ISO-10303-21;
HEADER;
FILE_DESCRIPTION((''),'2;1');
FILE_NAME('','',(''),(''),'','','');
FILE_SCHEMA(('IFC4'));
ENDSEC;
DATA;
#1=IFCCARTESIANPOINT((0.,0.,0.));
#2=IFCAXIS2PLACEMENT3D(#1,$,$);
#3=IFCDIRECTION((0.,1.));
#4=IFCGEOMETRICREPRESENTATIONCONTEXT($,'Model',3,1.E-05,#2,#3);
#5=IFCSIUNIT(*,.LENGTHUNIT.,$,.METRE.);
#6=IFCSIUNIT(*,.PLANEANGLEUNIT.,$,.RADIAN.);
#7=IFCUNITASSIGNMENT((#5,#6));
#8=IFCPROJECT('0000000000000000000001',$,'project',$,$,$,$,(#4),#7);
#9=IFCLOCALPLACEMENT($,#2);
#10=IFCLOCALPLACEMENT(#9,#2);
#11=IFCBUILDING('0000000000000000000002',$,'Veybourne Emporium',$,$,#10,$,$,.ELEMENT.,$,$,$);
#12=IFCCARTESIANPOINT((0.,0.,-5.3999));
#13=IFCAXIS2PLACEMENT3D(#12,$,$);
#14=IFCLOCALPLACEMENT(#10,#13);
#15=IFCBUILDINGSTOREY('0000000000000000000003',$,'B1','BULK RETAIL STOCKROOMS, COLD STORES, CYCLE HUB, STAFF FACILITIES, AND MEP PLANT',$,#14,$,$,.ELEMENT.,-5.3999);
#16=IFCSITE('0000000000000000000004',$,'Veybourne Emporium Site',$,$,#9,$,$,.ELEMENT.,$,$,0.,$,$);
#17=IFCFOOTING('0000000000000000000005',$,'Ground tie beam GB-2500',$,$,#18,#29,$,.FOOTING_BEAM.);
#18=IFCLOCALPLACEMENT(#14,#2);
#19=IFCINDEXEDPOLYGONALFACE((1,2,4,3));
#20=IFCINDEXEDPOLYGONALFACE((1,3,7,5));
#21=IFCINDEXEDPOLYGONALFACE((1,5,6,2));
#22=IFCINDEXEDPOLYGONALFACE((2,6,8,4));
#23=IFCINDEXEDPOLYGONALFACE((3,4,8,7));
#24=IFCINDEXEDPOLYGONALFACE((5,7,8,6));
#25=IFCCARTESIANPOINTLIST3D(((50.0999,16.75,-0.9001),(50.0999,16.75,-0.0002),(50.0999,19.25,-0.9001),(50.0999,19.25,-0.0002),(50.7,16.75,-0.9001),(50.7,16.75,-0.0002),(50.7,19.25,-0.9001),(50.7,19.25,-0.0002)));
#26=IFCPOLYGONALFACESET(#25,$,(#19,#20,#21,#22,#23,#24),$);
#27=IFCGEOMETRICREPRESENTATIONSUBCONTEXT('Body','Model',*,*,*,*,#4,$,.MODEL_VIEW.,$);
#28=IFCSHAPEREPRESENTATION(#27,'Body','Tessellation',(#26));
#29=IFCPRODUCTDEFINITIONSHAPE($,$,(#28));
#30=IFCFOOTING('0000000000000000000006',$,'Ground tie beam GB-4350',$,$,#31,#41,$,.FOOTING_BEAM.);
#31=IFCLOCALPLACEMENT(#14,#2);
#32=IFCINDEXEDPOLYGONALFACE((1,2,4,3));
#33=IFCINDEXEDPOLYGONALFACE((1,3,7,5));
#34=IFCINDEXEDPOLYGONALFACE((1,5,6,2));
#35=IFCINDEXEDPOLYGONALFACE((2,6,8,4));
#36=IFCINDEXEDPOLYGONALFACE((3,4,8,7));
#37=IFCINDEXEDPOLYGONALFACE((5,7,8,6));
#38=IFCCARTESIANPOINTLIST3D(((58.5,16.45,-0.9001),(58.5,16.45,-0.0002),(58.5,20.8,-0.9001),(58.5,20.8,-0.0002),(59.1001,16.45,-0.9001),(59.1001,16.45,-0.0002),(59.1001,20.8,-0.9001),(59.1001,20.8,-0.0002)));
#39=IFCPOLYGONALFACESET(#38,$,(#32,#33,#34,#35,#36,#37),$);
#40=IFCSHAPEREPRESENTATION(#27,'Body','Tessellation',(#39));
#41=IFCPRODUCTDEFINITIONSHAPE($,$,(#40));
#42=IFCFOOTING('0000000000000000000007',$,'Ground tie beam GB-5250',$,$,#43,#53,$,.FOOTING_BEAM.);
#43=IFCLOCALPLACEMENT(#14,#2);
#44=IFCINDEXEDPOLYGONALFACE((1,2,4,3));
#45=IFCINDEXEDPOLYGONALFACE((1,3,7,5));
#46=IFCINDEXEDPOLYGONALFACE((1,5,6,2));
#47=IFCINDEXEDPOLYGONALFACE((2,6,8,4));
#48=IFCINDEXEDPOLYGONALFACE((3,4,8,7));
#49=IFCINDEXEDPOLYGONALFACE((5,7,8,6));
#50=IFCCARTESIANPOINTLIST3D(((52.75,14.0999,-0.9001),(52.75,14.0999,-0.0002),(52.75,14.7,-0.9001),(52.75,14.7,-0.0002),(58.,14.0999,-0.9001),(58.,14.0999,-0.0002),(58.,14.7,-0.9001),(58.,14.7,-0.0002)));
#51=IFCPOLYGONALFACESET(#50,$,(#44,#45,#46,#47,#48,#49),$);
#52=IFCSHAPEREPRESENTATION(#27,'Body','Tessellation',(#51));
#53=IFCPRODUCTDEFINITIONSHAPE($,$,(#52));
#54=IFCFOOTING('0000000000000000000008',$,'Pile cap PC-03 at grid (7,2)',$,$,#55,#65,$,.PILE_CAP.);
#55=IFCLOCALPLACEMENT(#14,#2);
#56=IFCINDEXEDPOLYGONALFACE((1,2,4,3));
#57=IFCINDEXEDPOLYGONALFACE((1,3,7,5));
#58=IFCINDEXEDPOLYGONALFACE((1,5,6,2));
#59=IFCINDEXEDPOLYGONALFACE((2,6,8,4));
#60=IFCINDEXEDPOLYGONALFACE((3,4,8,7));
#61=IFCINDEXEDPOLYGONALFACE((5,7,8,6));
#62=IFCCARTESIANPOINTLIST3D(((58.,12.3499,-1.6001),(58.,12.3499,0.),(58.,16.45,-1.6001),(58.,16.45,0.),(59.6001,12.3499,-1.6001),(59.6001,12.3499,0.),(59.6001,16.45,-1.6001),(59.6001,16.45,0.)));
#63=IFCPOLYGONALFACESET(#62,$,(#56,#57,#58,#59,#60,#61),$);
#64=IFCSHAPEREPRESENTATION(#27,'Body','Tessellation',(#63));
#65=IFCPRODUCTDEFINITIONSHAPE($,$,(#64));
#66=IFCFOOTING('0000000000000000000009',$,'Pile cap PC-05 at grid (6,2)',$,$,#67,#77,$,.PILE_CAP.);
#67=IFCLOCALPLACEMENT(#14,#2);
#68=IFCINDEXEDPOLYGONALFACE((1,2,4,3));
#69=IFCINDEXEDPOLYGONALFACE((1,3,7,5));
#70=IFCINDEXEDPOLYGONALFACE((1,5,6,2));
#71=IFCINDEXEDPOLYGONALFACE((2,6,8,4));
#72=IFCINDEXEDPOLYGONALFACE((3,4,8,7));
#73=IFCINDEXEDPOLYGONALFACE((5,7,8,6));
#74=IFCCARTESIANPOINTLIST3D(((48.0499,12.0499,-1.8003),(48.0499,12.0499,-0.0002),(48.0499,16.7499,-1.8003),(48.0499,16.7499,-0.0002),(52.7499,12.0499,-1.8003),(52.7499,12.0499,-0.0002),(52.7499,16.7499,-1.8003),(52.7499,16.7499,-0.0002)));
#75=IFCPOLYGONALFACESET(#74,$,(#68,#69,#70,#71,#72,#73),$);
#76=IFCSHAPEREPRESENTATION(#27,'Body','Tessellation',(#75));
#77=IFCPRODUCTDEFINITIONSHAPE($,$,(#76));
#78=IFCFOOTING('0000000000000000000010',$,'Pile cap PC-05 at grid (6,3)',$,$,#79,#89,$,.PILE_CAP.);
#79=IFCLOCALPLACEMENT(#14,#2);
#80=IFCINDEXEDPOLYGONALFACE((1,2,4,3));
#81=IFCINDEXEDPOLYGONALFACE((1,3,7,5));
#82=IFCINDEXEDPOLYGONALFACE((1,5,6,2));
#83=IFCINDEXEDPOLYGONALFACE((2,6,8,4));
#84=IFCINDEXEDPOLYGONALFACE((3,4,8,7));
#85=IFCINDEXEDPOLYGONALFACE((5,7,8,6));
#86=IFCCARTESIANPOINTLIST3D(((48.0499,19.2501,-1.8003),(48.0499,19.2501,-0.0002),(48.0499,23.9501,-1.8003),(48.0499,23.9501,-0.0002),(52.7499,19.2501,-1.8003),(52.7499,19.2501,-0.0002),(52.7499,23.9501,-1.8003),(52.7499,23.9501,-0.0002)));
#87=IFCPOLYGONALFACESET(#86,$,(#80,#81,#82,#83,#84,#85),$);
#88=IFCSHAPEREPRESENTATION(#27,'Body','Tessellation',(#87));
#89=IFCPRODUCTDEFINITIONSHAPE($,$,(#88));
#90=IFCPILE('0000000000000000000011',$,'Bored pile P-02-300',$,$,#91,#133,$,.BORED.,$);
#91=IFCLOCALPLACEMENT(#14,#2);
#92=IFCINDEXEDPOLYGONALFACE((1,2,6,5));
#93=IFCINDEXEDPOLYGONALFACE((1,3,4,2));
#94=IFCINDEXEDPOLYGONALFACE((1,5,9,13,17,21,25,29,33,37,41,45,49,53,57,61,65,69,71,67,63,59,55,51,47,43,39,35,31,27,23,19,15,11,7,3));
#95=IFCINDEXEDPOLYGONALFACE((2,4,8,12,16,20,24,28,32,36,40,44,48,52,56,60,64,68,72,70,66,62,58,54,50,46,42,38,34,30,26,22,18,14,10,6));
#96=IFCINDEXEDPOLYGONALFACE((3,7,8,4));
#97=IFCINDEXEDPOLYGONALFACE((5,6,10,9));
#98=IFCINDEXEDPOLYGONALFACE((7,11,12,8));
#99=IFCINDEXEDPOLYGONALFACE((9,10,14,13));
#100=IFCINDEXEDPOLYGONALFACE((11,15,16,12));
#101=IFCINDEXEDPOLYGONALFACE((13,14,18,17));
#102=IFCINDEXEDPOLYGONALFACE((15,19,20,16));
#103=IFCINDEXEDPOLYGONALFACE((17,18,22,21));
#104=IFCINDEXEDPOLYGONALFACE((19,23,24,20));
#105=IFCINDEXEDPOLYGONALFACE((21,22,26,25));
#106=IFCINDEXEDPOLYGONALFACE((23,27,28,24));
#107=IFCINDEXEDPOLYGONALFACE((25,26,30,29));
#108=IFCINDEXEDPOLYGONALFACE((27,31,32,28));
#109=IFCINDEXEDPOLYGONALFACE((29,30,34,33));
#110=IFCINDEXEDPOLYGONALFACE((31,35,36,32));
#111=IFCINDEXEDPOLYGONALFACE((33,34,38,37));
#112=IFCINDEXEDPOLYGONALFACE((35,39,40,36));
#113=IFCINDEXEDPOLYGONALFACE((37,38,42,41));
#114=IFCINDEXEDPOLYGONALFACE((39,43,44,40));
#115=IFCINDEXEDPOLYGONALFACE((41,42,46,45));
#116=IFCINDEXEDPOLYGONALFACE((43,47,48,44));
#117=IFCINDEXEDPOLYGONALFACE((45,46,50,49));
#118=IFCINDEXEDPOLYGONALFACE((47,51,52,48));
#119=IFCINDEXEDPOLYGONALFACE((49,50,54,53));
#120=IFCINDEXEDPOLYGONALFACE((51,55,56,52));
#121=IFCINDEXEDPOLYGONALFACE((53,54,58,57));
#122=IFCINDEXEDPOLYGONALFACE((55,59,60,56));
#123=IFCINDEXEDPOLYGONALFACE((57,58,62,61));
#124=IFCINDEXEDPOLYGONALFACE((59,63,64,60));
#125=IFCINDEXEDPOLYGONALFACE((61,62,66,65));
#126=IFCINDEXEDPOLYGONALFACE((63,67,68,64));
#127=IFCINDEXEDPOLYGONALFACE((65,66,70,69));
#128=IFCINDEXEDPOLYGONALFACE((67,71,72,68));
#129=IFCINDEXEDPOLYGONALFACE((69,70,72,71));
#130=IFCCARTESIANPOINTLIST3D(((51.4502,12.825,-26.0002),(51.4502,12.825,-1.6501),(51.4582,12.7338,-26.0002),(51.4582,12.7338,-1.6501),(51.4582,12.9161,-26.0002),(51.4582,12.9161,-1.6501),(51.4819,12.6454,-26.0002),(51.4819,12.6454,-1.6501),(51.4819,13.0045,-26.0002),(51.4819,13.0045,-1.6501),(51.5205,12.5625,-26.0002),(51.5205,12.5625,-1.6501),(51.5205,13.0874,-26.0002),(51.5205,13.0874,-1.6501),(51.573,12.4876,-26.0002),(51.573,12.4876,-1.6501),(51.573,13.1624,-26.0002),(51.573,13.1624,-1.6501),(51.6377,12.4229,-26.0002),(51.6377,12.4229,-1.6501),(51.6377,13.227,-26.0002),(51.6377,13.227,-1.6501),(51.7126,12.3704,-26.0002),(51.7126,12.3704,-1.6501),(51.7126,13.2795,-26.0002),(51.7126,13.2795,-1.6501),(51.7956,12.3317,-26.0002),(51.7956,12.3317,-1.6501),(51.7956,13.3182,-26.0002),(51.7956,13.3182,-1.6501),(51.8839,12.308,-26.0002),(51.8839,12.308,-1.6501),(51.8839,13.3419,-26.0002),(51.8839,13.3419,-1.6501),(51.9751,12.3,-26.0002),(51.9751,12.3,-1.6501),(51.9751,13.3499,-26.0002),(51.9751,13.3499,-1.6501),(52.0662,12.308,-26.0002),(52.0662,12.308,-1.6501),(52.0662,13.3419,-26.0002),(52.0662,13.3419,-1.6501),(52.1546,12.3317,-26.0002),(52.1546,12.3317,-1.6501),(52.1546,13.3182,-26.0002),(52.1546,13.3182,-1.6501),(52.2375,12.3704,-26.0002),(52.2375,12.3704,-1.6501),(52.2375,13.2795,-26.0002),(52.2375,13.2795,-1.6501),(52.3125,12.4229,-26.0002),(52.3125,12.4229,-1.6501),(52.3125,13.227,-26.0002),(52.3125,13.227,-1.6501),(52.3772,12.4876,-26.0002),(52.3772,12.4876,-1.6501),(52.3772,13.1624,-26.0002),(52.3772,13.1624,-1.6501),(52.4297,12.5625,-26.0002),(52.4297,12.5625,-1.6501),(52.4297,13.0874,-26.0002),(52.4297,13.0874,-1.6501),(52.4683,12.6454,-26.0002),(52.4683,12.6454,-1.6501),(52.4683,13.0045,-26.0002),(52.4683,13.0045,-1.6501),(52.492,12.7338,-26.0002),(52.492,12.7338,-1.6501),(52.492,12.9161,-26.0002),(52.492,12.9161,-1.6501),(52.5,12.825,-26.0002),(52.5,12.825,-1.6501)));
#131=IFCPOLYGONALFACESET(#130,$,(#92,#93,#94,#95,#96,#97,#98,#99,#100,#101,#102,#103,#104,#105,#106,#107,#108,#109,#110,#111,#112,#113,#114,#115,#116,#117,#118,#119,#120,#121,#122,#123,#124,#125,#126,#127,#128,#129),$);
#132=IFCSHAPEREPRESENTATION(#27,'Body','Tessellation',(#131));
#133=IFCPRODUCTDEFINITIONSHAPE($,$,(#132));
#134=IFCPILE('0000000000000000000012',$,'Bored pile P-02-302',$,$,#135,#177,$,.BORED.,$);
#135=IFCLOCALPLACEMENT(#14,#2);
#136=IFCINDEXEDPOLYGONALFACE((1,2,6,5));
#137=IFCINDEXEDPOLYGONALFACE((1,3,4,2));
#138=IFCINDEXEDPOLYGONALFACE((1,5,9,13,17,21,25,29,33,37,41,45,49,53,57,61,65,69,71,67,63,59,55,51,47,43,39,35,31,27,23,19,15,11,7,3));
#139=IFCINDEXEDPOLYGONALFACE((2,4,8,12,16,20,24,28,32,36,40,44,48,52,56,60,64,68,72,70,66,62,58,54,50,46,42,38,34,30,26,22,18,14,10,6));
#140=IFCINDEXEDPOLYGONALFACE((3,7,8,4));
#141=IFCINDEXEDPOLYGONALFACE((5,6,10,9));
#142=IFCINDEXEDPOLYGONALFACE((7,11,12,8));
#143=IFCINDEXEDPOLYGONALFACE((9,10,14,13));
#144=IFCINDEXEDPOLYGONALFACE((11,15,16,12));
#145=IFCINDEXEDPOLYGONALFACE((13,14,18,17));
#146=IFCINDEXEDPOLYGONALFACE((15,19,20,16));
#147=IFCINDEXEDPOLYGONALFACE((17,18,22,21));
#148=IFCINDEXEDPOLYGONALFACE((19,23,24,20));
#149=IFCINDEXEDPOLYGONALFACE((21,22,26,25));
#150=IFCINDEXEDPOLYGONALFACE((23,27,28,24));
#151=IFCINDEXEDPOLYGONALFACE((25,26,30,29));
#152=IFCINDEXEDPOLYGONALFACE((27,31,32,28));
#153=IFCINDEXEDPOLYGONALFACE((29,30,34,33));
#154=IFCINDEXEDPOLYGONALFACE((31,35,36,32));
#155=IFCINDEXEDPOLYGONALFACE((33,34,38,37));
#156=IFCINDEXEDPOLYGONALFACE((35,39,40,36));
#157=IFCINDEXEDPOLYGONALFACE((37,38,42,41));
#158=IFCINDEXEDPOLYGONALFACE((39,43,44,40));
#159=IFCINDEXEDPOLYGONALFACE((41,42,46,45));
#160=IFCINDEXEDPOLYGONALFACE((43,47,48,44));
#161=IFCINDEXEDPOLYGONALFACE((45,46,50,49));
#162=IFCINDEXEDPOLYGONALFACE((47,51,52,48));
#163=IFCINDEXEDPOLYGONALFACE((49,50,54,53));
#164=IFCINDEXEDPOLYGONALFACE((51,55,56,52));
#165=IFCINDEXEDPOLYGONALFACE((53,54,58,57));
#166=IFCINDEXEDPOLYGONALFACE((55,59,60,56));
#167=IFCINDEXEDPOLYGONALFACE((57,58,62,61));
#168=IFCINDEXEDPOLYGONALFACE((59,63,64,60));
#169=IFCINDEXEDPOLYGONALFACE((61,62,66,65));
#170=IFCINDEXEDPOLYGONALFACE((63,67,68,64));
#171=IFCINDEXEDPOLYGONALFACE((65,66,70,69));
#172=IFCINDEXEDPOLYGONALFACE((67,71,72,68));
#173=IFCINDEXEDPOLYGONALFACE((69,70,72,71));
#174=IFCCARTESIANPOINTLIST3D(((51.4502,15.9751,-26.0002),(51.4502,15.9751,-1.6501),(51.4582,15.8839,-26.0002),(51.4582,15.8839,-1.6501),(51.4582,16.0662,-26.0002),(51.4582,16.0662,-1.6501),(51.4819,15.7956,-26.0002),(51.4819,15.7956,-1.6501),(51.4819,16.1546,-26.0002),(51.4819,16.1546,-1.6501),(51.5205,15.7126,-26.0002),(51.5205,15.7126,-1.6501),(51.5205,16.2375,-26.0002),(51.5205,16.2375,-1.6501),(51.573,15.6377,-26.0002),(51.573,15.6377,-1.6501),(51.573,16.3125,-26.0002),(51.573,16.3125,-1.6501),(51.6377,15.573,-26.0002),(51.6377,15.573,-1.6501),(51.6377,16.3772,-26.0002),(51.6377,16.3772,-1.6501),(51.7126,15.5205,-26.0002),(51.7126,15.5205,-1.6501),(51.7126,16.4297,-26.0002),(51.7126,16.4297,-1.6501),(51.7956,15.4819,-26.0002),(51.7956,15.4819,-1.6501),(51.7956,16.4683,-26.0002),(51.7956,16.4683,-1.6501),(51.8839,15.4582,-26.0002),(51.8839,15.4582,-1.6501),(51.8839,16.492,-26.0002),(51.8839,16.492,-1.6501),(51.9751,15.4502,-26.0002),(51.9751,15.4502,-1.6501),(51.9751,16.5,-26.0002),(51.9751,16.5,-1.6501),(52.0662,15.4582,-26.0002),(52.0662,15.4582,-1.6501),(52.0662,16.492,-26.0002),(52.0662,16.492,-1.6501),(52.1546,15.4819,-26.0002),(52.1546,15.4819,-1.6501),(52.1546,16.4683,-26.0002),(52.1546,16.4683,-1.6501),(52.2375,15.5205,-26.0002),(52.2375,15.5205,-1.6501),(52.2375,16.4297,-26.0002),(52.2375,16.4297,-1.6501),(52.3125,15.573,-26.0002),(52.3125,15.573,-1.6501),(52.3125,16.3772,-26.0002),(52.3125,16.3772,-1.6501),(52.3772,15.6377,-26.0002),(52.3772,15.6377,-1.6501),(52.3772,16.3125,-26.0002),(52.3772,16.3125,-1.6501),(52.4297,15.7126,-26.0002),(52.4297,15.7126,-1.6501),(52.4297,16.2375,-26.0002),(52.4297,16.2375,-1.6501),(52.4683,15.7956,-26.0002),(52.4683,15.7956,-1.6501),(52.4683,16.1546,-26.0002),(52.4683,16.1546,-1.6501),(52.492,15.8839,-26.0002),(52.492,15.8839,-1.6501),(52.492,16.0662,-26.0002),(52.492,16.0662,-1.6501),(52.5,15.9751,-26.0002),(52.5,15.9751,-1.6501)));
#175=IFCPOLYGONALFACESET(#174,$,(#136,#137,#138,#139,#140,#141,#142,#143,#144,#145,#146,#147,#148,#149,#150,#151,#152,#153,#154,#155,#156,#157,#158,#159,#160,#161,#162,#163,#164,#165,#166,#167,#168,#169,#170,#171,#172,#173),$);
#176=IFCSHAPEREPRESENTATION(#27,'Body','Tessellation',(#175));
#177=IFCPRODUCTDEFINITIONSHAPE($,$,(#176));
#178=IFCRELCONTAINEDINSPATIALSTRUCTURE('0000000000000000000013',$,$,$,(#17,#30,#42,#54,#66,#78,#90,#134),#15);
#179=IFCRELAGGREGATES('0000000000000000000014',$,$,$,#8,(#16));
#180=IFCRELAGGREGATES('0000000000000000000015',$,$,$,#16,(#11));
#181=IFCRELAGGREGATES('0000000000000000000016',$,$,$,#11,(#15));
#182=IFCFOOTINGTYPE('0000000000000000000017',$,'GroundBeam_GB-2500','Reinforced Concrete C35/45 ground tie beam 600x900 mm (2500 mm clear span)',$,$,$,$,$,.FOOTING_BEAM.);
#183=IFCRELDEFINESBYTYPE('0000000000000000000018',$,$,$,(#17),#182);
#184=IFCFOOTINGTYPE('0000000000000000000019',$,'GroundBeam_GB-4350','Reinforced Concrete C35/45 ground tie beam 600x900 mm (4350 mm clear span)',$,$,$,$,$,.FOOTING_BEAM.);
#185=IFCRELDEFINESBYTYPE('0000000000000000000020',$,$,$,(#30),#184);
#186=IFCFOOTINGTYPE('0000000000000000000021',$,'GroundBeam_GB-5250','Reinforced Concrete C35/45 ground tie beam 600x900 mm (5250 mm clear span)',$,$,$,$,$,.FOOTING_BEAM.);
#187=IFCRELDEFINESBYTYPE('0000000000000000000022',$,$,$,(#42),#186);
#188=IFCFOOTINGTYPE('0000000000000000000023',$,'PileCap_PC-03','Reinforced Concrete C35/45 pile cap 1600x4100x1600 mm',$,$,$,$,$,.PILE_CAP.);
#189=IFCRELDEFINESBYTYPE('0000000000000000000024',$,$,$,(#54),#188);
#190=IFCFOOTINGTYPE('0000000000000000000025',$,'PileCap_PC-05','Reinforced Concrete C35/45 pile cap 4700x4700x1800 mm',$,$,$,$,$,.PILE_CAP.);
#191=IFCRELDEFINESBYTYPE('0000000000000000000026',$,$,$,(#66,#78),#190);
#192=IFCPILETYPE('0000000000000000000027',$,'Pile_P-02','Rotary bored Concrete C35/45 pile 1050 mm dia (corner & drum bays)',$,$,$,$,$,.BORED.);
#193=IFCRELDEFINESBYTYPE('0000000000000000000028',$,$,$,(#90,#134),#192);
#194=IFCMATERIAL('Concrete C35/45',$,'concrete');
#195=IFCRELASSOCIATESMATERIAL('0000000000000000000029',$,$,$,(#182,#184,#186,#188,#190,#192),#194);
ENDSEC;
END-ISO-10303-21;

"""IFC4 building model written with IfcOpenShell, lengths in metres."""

from ifc_helpers import new_model, si_unit, direction, frame, origin, origin_2d, place, context, subcontext, project, spatial, rectangle, circle, extrude, material, material_profile, profile_set, type_object, element, save


model = new_model("IFC4")

# Units and contexts
model_context = context("Model", 3, precision=1e-05, world=origin(), true_north=direction((0.0, 1.0)))
body_context = subcontext(model_context, "Body", "Model", "MODEL_VIEW")
ifc_project = project(units=[si_unit("LENGTHUNIT", "METRE"), si_unit("PLANEANGLEUNIT", "RADIAN")], contexts=[model_context])

# Site, building, storey
site_placement = place(None, origin())
site = spatial("IfcSite", under=ifc_project, at=site_placement, Name="Veybourne Emporium Site", CompositionType="ELEMENT", RefElevation=0.0)
building_placement = place(site_placement, origin())
building = spatial("IfcBuilding", under=site, at=building_placement, Name="Veybourne Emporium", CompositionType="ELEMENT")
storey_placement = place(building_placement, frame((0.0, 0.0, -5.3999)))
storey = spatial("IfcBuildingStorey", under=building, at=storey_placement, Name="B1", Description="BULK RETAIL STOCKROOMS, COLD STORES, CYCLE HUB, STAFF FACILITIES, AND MEP PLANT", CompositionType="ELEMENT", Elevation=-5.3999)

# Footings
ifc_material_1 = material(Name="Concrete C35/45", Category="concrete")
footing_type_1 = type_object("IfcFootingType", Name="GroundBeam_GB-2500", Description="Reinforced Concrete C35/45 ground tie beam 600x900 mm (2500 mm clear span)", PredefinedType="FOOTING_BEAM", material=ifc_material_1)
footing_1_placement = place(storey_placement, frame((50.3999, 18.0, -0.9001), z_axis=(0.0, 0.0, 1.0), x_axis=(0.0, 1.0, 0.0)))
element("IfcFooting", 1, at=footing_1_placement, inside=storey, type_object=footing_type_1, Name="Ground tie beam GB-2500", PredefinedType="FOOTING_BEAM", context=body_context, shape_type="SweptSolid", body=[
    extrude(rectangle(XDim=2.5, YDim=0.6001, at=origin_2d()), origin(), (0.0, 0.0, 1.0), 0.8999),
])
footing_type_2 = type_object("IfcFootingType", Name="GroundBeam_GB-4350", Description="Reinforced Concrete C35/45 ground tie beam 600x900 mm (4350 mm clear span)", PredefinedType="FOOTING_BEAM", material=ifc_material_1)
footing_2_placement = place(storey_placement, frame((58.8, 18.625, -0.9001), z_axis=(0.0, 0.0, 1.0), x_axis=(0.0, 1.0, 0.0)))
element("IfcFooting", 2, at=footing_2_placement, inside=storey, type_object=footing_type_2, Name="Ground tie beam GB-4350", PredefinedType="FOOTING_BEAM", context=body_context, shape_type="SweptSolid", body=[
    extrude(rectangle(XDim=4.3501, YDim=0.6001, at=origin_2d()), origin(), (0.0, 0.0, 1.0), 0.8999),
])
footing_type_3 = type_object("IfcFootingType", Name="GroundBeam_GB-5250", Description="Reinforced Concrete C35/45 ground tie beam 600x900 mm (5250 mm clear span)", PredefinedType="FOOTING_BEAM", material=ifc_material_1)
footing_3_placement = place(storey_placement, frame((55.375, 14.3999, -0.9001), z_axis=(0.0, 0.0, 1.0), x_axis=(1.0, 0.0, 0.0)))
element("IfcFooting", 3, at=footing_3_placement, inside=storey, type_object=footing_type_3, Name="Ground tie beam GB-5250", PredefinedType="FOOTING_BEAM", context=body_context, shape_type="SweptSolid", body=[
    extrude(rectangle(XDim=5.25, YDim=0.6001, at=origin_2d()), origin(), (0.0, 0.0, 1.0), 0.8999),
])
footing_type_4 = type_object("IfcFootingType", Name="PileCap_PC-03", Description="Reinforced Concrete C35/45 pile cap 1600x4100x1600 mm", PredefinedType="PILE_CAP", material=ifc_material_1)
footing_4_placement = place(storey_placement, frame((58.8, 14.3999, -1.6001), z_axis=(0.0, 0.0, 1.0), x_axis=(1.0, 0.0, 0.0)))
element("IfcFooting", 4, at=footing_4_placement, inside=storey, type_object=footing_type_4, Name="Pile cap PC-03 at grid (7,2)", PredefinedType="PILE_CAP", context=body_context, shape_type="SweptSolid", body=[
    extrude(rectangle(XDim=1.6001, YDim=4.1001, at=origin_2d()), origin(), (0.0, 0.0, 1.0), 1.6001),
])
footing_type_5 = type_object("IfcFootingType", Name="PileCap_PC-05", Description="Reinforced Concrete C35/45 pile cap 4700x4700x1800 mm", PredefinedType="PILE_CAP", material=ifc_material_1)
for number, where, z_axis, x_axis, name in (
    (5, (50.3999, 14.3999, -1.8003), (0.0, 0.0, 1.0), (1.0, 0.0, 0.0), "Pile cap PC-05 at grid (6,2)"),
    (6, (50.3999, 21.6001, -1.8003), (0.0, 0.0, 1.0), (1.0, 0.0, 0.0), "Pile cap PC-05 at grid (6,3)"),
):
    element("IfcFooting", number, at=place(storey_placement, frame(where, z_axis=z_axis, x_axis=x_axis)), inside=storey, type_object=footing_type_5, Name=name, PredefinedType="PILE_CAP", context=body_context, shape_type="SweptSolid", body=[
        extrude(rectangle(XDim=4.7, YDim=4.7, at=origin_2d()), origin(), (0.0, 0.0, 1.0), 1.8),
    ])

# Piles
ifc_material_profile_1 = material_profile(ifc_material_1, circle(Radius=0.5249, at=origin_2d()), Name="BORED PILE 1050")
ifc_profile_set_1 = profile_set([ifc_material_profile_1], Name="Concrete C35/45")
pile_type_1 = type_object("IfcPileType", Name="Pile_P-02", Description="Rotary bored Concrete C35/45 pile 1050 mm dia (corner & drum bays)", PredefinedType="BORED", material=ifc_profile_set_1)
for number, where, z_axis, x_axis, name in (
    (7, (51.9751, 12.825, -1.6501), (0.0, 0.0, -1.0), (1.0, 0.0, 0.0), "Bored pile P-02-300"),
    (8, (51.9751, 15.9751, -1.6501), (0.0, 0.0, -1.0), (1.0, 0.0, 0.0), "Bored pile P-02-302"),
):
    element("IfcPile", number, at=place(storey_placement, frame(where, z_axis=z_axis, x_axis=x_axis)), inside=storey, type_object=pile_type_1, Name=name, PredefinedType="BORED", context=body_context, shape_type="SweptSolid", body=[
        extrude(circle(Radius=0.5249, at=origin_2d()), origin(), (0.0, 0.0, 1.0), 24.3501),
    ])

save(model, "model.ifc")
